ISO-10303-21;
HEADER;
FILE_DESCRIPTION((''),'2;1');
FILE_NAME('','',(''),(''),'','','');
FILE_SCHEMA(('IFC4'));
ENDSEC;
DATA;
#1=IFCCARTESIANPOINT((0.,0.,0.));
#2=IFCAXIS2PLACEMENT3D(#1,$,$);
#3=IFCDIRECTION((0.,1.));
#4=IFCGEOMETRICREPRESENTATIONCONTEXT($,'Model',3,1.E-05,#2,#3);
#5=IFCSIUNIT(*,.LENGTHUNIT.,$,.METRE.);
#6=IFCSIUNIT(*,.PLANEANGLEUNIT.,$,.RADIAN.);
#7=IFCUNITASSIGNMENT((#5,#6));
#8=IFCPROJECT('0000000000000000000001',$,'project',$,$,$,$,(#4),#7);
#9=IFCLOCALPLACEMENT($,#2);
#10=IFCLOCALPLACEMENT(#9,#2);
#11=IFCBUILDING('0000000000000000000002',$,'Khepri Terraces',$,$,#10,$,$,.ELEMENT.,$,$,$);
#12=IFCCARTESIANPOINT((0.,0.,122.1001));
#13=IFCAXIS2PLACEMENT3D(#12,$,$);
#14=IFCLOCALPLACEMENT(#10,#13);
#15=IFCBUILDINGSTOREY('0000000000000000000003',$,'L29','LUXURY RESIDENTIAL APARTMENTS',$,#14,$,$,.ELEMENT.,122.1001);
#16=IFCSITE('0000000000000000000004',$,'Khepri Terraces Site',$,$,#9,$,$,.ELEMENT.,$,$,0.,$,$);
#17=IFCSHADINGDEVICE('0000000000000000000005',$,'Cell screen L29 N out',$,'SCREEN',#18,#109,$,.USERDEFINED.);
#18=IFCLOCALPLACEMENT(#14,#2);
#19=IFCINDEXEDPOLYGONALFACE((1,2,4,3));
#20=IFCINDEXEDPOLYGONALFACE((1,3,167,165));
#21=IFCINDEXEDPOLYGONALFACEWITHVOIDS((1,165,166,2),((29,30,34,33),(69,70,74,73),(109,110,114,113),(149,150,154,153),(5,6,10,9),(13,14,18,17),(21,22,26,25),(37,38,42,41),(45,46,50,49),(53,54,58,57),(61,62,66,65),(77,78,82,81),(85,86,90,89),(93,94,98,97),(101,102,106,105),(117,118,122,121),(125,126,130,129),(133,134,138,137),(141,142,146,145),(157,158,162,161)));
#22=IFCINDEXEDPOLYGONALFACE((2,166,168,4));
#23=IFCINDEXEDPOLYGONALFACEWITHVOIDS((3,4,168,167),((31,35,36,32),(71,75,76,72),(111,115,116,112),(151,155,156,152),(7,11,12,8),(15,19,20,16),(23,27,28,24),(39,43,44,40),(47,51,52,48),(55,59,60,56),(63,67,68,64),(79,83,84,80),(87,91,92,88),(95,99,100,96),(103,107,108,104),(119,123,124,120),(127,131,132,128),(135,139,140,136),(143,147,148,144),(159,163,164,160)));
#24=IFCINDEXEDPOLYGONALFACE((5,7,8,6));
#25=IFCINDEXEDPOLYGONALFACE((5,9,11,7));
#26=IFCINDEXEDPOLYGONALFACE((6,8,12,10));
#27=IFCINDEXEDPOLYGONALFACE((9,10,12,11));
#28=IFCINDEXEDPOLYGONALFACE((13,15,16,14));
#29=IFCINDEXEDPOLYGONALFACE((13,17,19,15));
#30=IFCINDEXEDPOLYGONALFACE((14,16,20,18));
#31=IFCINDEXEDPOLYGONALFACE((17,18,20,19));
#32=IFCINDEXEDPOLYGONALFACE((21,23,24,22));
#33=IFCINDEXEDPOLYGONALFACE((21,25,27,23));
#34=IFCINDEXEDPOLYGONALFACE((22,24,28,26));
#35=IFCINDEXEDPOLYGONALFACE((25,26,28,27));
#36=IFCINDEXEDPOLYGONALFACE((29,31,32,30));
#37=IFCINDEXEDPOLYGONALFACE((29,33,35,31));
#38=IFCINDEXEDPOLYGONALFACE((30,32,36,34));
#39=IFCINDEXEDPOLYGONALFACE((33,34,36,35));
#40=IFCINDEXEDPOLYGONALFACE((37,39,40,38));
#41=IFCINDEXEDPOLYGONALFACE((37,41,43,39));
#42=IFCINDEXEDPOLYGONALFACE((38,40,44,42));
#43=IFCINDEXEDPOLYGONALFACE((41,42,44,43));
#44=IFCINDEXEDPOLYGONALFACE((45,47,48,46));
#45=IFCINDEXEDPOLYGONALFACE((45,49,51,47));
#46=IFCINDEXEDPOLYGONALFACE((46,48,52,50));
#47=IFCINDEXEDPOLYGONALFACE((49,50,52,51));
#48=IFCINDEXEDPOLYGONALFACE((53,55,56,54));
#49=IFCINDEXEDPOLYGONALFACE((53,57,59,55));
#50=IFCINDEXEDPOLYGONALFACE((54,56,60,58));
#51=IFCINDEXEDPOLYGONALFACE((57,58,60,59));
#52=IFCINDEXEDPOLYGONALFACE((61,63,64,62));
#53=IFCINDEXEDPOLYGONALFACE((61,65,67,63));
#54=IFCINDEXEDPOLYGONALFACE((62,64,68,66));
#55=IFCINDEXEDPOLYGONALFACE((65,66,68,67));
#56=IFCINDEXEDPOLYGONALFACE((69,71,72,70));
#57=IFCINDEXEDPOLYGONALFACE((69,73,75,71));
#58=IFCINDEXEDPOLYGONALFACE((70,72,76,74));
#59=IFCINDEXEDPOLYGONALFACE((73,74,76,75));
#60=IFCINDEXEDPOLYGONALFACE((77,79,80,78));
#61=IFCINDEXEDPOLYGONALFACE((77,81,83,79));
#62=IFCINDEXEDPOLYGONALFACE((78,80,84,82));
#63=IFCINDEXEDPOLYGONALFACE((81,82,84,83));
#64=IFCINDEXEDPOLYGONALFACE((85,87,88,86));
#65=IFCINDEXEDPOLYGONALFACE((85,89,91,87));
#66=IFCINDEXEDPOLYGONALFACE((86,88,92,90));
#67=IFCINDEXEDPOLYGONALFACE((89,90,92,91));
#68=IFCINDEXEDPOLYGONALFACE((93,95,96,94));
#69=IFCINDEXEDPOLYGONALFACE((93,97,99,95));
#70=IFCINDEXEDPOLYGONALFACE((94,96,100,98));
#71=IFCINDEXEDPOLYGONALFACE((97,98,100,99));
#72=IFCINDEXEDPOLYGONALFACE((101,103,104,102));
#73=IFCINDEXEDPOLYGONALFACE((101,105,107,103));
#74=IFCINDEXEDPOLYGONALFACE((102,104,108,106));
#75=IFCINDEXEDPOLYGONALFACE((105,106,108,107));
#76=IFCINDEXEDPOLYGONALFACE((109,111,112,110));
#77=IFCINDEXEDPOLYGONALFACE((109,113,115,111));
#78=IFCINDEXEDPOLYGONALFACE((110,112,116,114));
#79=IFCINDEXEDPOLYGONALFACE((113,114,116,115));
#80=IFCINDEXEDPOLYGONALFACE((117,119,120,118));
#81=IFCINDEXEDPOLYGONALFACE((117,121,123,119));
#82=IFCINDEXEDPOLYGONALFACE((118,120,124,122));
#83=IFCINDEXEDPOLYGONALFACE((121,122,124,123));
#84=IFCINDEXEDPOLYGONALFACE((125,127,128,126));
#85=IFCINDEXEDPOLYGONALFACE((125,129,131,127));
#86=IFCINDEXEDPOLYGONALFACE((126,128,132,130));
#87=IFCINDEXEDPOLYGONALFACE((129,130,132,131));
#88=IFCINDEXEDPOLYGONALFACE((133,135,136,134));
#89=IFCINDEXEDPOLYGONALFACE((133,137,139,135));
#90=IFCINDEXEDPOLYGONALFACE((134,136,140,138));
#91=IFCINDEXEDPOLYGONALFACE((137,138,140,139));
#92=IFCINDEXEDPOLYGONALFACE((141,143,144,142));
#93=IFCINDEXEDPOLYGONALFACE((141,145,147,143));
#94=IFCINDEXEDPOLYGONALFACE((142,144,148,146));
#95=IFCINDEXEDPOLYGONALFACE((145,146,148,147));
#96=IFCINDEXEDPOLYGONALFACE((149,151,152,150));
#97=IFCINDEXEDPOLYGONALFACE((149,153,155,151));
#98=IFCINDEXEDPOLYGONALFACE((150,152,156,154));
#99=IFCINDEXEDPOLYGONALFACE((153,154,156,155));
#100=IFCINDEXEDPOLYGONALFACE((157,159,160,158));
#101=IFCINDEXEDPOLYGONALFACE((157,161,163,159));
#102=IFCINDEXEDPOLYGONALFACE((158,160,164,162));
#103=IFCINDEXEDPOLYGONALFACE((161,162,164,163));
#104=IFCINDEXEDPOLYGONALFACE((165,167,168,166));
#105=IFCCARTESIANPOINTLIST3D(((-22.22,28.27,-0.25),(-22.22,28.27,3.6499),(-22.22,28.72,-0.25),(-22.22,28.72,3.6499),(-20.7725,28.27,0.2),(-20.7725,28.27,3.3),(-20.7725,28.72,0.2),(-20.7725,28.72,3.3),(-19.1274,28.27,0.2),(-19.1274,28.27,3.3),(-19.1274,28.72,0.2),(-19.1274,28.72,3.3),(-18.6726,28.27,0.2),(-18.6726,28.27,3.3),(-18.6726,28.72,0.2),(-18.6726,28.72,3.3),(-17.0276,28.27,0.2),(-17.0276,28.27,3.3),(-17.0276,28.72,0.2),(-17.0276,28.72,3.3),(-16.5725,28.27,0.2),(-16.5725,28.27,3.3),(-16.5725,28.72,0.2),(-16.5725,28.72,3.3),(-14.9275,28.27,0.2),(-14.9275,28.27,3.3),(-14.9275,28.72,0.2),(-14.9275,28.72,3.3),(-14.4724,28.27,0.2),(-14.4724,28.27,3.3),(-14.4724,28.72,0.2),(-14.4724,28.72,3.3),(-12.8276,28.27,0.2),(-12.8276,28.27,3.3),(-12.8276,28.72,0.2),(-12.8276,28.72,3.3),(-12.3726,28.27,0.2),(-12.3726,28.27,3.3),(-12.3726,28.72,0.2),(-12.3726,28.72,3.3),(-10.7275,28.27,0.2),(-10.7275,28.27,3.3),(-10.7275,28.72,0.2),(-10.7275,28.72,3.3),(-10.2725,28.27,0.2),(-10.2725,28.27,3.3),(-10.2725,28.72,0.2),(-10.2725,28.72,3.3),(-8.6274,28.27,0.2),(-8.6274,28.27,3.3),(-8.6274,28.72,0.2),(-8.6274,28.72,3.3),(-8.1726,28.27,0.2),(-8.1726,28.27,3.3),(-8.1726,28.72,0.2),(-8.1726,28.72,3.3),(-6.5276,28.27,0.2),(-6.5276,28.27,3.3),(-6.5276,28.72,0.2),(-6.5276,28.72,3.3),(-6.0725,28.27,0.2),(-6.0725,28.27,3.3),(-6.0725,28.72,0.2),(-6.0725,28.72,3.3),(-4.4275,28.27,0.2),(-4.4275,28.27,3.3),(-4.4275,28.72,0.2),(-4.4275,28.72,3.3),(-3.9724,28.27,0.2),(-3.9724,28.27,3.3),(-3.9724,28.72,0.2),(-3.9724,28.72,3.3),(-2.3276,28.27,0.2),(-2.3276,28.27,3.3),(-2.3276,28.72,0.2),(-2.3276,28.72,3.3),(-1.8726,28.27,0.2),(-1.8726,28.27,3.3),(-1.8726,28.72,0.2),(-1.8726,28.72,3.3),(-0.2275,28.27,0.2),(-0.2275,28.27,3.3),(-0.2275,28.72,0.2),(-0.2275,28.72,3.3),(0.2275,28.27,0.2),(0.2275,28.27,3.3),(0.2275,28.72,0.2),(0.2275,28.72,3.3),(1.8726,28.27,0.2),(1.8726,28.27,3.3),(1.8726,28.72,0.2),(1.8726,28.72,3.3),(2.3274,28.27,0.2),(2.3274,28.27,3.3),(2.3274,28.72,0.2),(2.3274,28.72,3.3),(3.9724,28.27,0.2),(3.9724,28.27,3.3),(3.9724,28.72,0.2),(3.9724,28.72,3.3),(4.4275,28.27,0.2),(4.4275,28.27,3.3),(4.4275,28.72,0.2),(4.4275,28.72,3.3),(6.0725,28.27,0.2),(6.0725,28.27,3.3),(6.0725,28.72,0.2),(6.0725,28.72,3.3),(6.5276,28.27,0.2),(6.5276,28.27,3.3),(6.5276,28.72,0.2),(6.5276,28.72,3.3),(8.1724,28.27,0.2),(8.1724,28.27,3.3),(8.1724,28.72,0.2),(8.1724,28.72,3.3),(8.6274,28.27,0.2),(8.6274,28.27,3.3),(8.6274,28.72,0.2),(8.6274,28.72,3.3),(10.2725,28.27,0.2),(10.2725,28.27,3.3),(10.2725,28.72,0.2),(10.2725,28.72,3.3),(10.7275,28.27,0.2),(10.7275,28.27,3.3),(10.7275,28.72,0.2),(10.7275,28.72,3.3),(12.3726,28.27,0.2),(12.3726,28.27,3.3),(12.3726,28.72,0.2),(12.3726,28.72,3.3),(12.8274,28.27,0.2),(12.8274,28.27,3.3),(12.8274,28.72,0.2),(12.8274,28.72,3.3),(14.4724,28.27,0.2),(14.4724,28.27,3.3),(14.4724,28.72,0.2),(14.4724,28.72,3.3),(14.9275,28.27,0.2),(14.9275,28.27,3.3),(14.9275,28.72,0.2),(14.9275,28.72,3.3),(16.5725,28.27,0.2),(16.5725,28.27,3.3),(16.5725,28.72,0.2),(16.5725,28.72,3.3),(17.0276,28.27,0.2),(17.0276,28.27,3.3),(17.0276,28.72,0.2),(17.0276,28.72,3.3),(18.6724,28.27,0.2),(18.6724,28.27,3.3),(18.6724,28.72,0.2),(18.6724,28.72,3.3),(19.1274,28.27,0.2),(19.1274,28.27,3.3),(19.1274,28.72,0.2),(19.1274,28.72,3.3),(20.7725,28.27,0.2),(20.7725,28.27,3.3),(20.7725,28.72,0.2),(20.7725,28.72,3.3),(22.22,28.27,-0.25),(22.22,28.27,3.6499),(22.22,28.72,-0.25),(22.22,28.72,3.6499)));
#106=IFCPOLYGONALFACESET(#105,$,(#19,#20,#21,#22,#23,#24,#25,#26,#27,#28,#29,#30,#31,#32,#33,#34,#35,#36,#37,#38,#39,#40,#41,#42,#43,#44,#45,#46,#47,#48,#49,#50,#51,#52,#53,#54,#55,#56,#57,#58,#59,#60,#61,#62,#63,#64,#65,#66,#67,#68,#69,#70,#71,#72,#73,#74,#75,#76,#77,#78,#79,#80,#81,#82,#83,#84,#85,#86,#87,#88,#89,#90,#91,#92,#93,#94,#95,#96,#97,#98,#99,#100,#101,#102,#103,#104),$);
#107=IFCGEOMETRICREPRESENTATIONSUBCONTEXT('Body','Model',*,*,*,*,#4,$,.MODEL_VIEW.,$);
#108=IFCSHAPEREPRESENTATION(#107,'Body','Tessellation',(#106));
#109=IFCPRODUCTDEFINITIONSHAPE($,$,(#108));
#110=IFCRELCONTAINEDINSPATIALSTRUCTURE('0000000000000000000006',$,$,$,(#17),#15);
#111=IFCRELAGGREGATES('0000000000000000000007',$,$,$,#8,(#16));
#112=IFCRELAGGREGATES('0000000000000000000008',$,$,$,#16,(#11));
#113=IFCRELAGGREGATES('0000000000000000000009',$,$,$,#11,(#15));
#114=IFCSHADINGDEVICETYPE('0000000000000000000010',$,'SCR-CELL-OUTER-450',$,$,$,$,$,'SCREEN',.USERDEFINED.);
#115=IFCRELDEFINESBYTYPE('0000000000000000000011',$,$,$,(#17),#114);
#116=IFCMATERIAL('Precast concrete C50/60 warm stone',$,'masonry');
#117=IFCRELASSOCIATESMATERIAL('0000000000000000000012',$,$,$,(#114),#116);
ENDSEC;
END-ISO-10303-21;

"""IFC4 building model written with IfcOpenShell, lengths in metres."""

from ifc_helpers import new_model, si_unit, direction, frame, origin, place, context, subcontext, project, spatial, polyline, outline, extrude, material, type_object, element, save


model = new_model("IFC4")

# Units and contexts
model_context = context("Model", 3, precision=1e-05, world=origin(), true_north=direction((0.0, 1.0)))
body_context = subcontext(model_context, "Body", "Model", "MODEL_VIEW")
ifc_project = project(units=[si_unit("LENGTHUNIT", "METRE"), si_unit("PLANEANGLEUNIT", "RADIAN")], contexts=[model_context])

# Site, building, storey
site_placement = place(None, origin())
site = spatial("IfcSite", under=ifc_project, at=site_placement, Name="Khepri Terraces Site", CompositionType="ELEMENT", RefElevation=0.0)
building_placement = place(site_placement, origin())
building = spatial("IfcBuilding", under=site, at=building_placement, Name="Khepri Terraces", CompositionType="ELEMENT")
storey_placement = place(building_placement, frame((0.0, 0.0, 122.1001)))
storey = spatial("IfcBuildingStorey", under=building, at=storey_placement, Name="L29", Description="LUXURY RESIDENTIAL APARTMENTS", CompositionType="ELEMENT", Elevation=122.1001)

# Shared definitions
ifc_material_1 = material(Name="Precast concrete C50/60 warm stone", Category="masonry")

# Shading device
shading_device_type_1 = type_object("IfcShadingDeviceType", Name="SCR-CELL-OUTER-450", ElementType="SCREEN", PredefinedType="USERDEFINED", material=ifc_material_1)
shading_device_1_placement = place(storey_placement, frame((22.22, 28.27, -0.25), z_axis=(0.0, 1.0, 0.0), x_axis=(-1.0, 0.0, 0.0)))
element("IfcShadingDevice", 1, at=shading_device_1_placement, inside=storey, type_object=shading_device_type_1, Name="Cell screen L29 N out", ObjectType="SCREEN", PredefinedType="USERDEFINED", context=body_context, shape_type="SweptSolid", body=[
    extrude(outline(polyline([(0.0, 0.0), (44.4399, 0.0), (44.4399, 3.8999), (0.0, 3.8999), (0.0, 0.0)]), holes=[polyline([(1.4475, 0.45), (3.0925, 0.45), (3.0925, 3.55), (1.4475, 3.55), (1.4475, 0.45)]), polyline([(3.5476, 0.45), (5.1924, 0.45), (5.1924, 3.55), (3.5476, 3.55), (3.5476, 0.45)]), polyline([(5.6475, 0.45), (7.2925, 0.45), (7.2925, 3.55), (5.6475, 3.55), (5.6475, 0.45)]), polyline([(7.7476, 0.45), (9.3926, 0.45), (9.3926, 3.55), (7.7476, 3.55), (7.7476, 0.45)]), polyline([(9.8474, 0.45), (11.4924, 0.45), (11.4924, 3.55), (9.8474, 3.55), (9.8474, 0.45)]), polyline([(11.9475, 0.45), (13.5925, 0.45), (13.5925, 3.55), (11.9475, 3.55), (11.9475, 0.45)]), polyline([(14.0476, 0.45), (15.6924, 0.45), (15.6924, 3.55), (14.0476, 3.55), (14.0476, 0.45)]), polyline([(16.1475, 0.45), (17.7925, 0.45), (17.7925, 3.55), (16.1475, 3.55), (16.1475, 0.45)]), polyline([(18.2476, 0.45), (19.8926, 0.45), (19.8926, 3.55), (18.2476, 3.55), (18.2476, 0.45)]), polyline([(20.3474, 0.45), (21.9924, 0.45), (21.9924, 3.55), (20.3474, 3.55), (20.3474, 0.45)]), polyline([(22.4475, 0.45), (24.0925, 0.45), (24.0925, 3.55), (22.4475, 3.55), (22.4475, 0.45)]), polyline([(24.5476, 0.45), (26.1924, 0.45), (26.1924, 3.55), (24.5476, 3.55), (24.5476, 0.45)]), polyline([(26.6475, 0.45), (28.2925, 0.45), (28.2925, 3.55), (26.6475, 3.55), (26.6475, 0.45)]), polyline([(28.7476, 0.45), (30.3926, 0.45), (30.3926, 3.55), (28.7476, 3.55), (28.7476, 0.45)]), polyline([(30.8474, 0.45), (32.4924, 0.45), (32.4924, 3.55), (30.8474, 3.55), (30.8474, 0.45)]), polyline([(32.9475, 0.45), (34.5925, 0.45), (34.5925, 3.55), (32.9475, 3.55), (32.9475, 0.45)]), polyline([(35.0476, 0.45), (36.6924, 0.45), (36.6924, 3.55), (35.0476, 3.55), (35.0476, 0.45)]), polyline([(37.1475, 0.45), (38.7925, 0.45), (38.7925, 3.55), (37.1475, 3.55), (37.1475, 0.45)]), polyline([(39.2476, 0.45), (40.8926, 0.45), (40.8926, 3.55), (39.2476, 3.55), (39.2476, 0.45)]), polyline([(41.3474, 0.45), (42.9924, 0.45), (42.9924, 3.55), (41.3474, 3.55), (41.3474, 0.45)])]), origin(), (0.0, 0.0, 1.0), 0.45),
])

save(model, "model.ifc")
